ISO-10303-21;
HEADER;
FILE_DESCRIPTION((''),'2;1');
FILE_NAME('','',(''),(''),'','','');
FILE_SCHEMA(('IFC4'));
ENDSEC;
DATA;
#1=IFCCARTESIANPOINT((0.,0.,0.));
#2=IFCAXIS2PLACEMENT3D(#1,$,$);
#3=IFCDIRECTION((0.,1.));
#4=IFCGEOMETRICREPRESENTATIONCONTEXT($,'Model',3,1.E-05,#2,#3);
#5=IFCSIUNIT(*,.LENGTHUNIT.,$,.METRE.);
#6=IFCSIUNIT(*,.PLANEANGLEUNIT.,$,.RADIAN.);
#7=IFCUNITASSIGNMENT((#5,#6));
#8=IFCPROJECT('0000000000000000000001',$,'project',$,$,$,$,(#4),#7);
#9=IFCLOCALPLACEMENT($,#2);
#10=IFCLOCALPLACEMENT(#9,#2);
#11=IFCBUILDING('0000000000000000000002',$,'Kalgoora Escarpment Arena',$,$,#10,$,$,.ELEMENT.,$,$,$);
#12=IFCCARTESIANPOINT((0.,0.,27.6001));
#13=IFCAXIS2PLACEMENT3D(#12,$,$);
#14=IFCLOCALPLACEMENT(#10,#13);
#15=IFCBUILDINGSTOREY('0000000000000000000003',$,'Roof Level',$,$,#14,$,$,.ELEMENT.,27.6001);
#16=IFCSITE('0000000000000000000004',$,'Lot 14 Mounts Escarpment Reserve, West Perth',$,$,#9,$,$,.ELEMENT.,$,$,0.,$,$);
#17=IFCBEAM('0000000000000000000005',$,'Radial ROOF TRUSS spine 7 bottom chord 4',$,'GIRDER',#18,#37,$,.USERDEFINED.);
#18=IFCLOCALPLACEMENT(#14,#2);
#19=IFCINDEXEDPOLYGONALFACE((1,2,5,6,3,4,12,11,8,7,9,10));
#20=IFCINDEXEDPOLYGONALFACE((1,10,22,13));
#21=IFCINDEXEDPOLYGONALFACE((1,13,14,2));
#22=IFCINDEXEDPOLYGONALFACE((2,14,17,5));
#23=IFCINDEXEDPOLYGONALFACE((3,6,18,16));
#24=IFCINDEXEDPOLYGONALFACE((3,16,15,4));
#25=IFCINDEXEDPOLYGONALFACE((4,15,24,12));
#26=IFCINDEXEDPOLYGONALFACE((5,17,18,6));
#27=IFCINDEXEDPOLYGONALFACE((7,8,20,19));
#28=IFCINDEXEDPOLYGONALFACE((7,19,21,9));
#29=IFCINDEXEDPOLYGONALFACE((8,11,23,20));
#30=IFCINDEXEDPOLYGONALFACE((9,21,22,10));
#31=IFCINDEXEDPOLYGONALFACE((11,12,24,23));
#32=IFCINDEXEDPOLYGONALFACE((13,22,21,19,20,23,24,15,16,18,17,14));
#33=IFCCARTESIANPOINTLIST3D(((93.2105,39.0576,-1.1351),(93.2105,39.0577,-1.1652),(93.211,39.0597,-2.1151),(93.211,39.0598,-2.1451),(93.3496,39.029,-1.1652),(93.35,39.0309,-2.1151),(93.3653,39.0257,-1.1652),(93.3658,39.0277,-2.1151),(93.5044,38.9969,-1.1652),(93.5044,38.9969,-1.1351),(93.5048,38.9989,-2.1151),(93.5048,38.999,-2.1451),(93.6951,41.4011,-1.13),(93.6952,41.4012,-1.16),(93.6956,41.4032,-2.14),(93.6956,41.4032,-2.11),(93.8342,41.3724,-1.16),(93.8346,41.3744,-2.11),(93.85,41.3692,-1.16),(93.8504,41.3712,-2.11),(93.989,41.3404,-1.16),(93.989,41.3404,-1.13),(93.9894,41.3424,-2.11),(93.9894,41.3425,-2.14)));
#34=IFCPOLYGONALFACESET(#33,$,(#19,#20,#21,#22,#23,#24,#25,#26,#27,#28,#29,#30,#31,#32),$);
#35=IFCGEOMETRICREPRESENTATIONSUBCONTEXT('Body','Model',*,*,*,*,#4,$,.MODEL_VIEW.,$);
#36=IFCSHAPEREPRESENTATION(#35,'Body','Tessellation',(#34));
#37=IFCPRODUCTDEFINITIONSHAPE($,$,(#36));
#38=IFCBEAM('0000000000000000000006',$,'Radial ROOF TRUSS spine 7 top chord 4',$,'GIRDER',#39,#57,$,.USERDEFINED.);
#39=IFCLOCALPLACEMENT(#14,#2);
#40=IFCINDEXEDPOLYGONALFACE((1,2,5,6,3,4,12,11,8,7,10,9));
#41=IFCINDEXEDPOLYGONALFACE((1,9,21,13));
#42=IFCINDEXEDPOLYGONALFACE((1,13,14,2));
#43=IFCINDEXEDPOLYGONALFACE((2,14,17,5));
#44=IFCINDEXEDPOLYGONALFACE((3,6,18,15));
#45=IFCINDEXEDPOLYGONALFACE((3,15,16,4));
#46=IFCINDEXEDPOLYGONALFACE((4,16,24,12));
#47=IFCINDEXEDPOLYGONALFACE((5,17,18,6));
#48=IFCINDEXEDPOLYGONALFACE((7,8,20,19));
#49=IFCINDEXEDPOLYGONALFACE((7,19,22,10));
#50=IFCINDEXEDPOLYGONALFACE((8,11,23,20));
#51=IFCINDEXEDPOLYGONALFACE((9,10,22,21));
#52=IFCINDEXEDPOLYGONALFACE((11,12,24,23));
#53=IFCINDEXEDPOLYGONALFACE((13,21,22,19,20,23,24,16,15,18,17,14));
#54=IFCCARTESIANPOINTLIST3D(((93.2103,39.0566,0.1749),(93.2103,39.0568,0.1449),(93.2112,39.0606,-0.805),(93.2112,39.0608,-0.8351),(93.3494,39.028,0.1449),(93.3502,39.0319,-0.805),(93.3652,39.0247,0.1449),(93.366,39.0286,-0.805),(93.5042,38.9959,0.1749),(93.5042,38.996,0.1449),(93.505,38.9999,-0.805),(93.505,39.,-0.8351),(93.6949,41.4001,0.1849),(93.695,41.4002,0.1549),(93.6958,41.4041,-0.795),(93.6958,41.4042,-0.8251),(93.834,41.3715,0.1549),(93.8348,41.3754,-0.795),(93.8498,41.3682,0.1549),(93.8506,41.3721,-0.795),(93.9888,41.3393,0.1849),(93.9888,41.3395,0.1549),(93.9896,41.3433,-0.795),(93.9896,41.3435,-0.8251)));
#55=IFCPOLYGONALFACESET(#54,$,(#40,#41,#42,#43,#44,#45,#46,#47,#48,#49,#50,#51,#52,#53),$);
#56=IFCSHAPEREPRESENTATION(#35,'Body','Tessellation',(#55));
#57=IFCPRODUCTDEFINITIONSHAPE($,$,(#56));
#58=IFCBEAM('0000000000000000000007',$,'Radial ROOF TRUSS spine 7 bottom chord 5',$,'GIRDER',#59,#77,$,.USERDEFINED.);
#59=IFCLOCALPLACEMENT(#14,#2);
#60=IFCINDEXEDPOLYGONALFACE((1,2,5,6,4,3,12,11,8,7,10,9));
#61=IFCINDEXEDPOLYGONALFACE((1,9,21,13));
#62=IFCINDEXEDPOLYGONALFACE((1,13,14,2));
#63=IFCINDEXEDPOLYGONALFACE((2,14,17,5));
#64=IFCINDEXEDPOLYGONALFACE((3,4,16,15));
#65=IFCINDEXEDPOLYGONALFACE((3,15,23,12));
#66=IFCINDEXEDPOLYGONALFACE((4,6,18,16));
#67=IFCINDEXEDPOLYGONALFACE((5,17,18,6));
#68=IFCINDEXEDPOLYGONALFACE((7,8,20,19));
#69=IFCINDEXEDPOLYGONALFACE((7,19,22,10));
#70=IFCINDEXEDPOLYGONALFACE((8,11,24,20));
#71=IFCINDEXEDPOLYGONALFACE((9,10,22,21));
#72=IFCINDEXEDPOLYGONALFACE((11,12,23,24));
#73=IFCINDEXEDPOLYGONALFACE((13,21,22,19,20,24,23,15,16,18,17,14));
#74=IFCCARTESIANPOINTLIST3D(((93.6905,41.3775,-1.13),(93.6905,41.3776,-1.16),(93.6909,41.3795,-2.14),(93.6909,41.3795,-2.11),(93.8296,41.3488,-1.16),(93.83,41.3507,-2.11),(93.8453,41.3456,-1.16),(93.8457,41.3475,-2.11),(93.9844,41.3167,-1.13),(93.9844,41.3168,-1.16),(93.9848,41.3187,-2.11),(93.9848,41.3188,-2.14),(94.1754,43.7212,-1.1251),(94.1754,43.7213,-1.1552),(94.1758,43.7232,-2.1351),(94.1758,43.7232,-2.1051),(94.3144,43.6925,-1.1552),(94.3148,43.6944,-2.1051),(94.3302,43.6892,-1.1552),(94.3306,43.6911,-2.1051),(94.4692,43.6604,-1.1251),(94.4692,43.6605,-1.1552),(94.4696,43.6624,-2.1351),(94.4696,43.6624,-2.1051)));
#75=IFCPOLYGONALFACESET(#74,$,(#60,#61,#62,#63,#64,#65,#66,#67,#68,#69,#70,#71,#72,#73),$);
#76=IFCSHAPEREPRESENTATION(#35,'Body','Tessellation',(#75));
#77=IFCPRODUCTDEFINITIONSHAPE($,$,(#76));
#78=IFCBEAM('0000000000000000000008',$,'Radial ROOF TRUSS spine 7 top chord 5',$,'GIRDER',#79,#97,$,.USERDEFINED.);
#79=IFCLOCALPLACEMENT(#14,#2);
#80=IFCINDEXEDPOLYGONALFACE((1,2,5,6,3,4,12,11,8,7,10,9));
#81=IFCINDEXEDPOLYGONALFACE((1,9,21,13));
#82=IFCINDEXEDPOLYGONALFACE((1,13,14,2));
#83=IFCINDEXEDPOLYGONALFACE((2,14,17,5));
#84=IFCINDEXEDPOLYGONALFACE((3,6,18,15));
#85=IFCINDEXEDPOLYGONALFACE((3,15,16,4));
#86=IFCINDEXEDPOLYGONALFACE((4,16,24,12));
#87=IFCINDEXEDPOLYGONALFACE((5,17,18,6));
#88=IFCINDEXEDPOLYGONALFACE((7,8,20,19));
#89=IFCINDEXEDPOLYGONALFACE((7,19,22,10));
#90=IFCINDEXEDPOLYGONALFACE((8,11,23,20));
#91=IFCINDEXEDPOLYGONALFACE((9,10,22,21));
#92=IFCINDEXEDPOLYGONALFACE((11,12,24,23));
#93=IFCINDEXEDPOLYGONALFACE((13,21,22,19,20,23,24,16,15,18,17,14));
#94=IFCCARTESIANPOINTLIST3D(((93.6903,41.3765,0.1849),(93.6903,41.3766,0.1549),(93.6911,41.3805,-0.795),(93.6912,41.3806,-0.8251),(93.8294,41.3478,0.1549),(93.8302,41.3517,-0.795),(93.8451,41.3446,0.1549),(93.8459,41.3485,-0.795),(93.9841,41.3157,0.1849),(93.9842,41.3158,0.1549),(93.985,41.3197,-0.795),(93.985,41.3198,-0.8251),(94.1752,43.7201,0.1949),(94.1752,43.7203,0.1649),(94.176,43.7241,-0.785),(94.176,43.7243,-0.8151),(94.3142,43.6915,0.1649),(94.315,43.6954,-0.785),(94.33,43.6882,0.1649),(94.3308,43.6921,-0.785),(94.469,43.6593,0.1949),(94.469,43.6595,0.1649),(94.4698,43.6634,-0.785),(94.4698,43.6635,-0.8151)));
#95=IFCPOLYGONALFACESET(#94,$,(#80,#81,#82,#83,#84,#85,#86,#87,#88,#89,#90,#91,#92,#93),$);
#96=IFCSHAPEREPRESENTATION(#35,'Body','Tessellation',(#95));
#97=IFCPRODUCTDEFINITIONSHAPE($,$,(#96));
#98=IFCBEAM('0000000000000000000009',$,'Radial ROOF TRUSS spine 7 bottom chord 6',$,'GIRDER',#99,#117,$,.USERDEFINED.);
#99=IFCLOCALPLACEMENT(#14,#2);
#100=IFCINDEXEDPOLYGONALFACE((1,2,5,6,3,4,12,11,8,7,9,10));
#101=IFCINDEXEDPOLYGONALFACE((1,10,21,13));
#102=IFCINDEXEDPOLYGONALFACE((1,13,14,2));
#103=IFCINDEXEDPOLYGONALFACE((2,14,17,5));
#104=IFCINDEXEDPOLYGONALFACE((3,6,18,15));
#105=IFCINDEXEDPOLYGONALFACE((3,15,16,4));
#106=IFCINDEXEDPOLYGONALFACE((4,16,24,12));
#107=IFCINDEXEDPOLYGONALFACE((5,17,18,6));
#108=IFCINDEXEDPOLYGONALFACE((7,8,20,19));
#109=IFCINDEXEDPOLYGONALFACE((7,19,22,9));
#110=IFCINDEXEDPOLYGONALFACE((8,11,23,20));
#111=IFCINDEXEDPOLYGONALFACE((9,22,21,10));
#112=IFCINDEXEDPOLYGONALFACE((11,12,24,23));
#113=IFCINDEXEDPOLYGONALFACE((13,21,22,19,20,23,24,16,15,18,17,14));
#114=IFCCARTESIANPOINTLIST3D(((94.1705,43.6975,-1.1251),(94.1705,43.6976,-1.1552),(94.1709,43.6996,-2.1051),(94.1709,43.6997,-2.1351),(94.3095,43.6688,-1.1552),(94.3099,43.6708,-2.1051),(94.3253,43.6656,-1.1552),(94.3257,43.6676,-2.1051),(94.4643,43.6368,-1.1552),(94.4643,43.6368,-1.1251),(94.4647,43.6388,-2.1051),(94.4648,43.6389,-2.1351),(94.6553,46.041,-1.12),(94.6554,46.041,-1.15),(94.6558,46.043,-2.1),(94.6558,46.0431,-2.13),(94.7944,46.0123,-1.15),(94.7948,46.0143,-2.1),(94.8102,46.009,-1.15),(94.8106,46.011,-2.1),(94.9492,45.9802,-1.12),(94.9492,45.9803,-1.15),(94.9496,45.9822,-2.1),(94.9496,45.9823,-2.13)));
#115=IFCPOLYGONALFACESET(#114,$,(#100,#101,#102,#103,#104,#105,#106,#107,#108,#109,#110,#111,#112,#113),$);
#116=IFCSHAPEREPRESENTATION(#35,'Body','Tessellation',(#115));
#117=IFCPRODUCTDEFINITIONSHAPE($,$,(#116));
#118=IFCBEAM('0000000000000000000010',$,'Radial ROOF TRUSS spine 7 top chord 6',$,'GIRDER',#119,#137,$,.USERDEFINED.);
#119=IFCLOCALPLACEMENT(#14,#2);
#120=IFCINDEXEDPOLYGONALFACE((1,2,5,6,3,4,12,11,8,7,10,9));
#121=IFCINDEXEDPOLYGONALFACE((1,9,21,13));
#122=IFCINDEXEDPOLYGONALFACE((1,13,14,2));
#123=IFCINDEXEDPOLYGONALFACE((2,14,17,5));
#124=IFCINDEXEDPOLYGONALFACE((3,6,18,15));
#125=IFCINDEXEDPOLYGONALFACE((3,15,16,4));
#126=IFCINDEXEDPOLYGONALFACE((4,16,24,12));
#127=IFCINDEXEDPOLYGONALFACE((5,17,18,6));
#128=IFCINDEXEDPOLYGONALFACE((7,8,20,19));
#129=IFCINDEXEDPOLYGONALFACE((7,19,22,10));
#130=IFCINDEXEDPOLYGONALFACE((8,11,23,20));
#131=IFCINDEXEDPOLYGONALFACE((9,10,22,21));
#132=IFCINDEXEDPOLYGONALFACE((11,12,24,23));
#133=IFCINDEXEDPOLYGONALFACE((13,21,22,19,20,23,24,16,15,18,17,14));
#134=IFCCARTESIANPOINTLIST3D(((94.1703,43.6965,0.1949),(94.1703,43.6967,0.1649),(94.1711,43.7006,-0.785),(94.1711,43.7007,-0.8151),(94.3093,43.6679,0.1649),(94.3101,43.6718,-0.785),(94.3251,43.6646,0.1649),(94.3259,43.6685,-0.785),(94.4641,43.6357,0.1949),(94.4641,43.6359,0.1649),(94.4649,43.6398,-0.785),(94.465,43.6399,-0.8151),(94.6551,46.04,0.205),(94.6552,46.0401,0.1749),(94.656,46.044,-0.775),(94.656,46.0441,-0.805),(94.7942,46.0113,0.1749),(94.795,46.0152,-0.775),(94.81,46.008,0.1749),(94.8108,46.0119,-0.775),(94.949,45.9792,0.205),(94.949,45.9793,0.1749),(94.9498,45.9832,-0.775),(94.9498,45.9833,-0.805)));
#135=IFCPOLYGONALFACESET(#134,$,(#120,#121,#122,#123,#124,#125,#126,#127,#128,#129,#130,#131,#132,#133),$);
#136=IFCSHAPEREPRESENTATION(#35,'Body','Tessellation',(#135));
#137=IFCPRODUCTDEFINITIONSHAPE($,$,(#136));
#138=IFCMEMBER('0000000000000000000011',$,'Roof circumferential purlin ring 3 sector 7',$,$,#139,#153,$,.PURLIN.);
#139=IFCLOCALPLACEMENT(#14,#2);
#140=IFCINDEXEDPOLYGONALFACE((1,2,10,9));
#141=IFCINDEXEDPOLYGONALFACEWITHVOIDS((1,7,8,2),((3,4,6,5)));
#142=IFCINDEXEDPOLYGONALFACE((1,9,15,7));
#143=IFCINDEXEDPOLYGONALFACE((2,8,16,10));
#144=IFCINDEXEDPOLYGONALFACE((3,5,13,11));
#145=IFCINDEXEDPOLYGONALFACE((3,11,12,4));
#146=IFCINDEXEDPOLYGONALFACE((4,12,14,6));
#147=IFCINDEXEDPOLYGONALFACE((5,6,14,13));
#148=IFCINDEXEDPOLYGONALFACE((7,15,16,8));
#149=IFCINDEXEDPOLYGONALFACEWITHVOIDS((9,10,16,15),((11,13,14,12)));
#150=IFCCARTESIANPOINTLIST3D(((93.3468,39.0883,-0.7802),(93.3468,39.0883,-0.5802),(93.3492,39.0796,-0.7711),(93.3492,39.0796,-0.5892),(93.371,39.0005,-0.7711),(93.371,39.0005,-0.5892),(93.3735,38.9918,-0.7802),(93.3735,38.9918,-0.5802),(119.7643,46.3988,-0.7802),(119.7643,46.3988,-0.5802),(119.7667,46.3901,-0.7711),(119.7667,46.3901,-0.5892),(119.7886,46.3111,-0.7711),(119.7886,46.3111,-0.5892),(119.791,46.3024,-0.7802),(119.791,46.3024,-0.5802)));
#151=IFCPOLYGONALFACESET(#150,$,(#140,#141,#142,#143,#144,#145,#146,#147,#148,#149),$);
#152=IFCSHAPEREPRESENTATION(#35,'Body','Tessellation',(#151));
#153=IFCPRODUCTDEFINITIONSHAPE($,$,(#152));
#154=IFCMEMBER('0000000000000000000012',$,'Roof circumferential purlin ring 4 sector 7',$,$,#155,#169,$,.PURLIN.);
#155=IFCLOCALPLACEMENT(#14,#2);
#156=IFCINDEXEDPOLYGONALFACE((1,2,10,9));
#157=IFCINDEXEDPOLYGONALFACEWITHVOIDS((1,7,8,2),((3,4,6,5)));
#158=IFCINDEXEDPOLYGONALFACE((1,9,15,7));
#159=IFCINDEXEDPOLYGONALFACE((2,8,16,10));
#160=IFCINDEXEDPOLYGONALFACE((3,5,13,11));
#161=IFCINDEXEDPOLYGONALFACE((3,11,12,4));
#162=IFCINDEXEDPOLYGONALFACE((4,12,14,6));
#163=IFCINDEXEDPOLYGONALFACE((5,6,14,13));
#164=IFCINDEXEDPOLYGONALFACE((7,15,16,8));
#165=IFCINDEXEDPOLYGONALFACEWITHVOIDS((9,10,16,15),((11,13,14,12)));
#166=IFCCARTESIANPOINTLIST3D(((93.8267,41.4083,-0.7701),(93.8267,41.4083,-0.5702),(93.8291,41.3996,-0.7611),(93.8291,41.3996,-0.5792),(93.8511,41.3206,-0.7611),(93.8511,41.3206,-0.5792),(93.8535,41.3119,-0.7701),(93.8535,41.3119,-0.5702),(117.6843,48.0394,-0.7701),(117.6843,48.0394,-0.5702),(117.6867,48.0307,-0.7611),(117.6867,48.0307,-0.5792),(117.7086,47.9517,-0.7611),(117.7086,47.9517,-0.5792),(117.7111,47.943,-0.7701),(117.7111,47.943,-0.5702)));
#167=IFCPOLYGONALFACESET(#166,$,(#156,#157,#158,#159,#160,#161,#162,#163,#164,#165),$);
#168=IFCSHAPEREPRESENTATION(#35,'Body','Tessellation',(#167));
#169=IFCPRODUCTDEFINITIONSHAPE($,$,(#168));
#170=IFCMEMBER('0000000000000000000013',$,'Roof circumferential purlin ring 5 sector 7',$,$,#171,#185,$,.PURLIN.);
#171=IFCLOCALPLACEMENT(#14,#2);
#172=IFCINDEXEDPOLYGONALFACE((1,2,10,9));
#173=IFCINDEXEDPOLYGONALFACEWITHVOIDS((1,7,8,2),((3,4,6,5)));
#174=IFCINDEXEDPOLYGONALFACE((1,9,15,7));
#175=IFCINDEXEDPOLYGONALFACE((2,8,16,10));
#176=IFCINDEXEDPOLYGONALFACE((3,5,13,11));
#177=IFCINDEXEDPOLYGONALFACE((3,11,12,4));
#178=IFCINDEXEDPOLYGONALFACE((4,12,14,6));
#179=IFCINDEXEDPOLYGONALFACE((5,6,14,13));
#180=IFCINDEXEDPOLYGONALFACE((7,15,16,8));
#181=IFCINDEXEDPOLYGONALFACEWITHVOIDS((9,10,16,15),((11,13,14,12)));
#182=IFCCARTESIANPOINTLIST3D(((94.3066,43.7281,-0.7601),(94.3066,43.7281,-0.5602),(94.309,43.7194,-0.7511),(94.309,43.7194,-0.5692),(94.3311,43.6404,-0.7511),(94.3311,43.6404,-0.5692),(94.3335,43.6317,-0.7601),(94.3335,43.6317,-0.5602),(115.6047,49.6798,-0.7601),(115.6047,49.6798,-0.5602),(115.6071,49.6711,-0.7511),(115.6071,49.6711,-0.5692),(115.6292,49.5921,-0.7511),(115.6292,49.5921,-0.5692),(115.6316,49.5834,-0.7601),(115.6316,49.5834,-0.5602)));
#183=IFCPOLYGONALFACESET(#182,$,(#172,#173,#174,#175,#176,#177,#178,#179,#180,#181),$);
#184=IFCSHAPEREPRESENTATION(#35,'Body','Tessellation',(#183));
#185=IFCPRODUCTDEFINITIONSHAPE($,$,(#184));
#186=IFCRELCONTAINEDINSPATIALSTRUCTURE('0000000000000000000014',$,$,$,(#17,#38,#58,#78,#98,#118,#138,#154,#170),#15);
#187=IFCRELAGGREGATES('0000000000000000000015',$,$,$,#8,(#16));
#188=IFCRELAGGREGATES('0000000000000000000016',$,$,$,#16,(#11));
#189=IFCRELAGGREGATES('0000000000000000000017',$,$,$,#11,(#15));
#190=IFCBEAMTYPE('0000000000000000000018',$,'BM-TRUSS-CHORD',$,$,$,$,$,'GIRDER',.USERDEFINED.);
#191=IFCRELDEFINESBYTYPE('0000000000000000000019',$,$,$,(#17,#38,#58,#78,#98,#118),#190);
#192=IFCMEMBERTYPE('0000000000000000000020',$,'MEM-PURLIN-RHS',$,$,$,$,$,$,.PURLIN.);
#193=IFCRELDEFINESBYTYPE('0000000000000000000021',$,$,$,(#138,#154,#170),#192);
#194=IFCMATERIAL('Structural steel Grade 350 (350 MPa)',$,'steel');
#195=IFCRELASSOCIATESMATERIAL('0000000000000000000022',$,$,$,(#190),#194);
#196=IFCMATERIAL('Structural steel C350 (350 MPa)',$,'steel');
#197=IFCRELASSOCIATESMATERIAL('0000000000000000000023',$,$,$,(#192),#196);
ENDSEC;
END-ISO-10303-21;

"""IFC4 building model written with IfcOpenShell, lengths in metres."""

from ifc_helpers import new_model, si_unit, direction, frame, origin, origin_2d, place, context, subcontext, project, spatial, hollow_rectangle, i_section, extrude, material, material_profile, profile_set, type_object, element, save


model = new_model("IFC4")

# Units and contexts
model_context = context("Model", 3, precision=1e-05, world=origin(), true_north=direction((0.0, 1.0)))
body_context = subcontext(model_context, "Body", "Model", "MODEL_VIEW")
ifc_project = project(units=[si_unit("LENGTHUNIT", "METRE"), si_unit("PLANEANGLEUNIT", "RADIAN")], contexts=[model_context])

# Site, building, storey
site_placement = place(None, origin())
site = spatial("IfcSite", under=ifc_project, at=site_placement, Name="Lot 14 Mounts Escarpment Reserve, West Perth", CompositionType="ELEMENT", RefElevation=0.0)
building_placement = place(site_placement, origin())
building = spatial("IfcBuilding", under=site, at=building_placement, Name="Kalgoora Escarpment Arena", CompositionType="ELEMENT")
storey_placement = place(building_placement, frame((0.0, 0.0, 27.6001)))
storey = spatial("IfcBuildingStorey", under=building, at=storey_placement, Name="Roof Level", CompositionType="ELEMENT", Elevation=27.6001)

# Beams
ifc_material_1 = material(Name="Structural steel Grade 350 (350 MPa)", Category="steel")
ifc_material_profile_1 = material_profile(ifc_material_1, i_section(OverallWidth=0.3, OverallDepth=1.01, WebThickness=0.0161, FlangeThickness=0.03, at=origin_2d()))
ifc_profile_set_1 = profile_set([ifc_material_profile_1], Name="Structural steel Grade 350 (350 MPa)")
beam_type = type_object("IfcBeamType", Name="BM-TRUSS-CHORD", ElementType="GIRDER", PredefinedType="USERDEFINED", material=ifc_profile_set_1)
for number, where, z_axis, x_axis, name in (
    (1, (93.3577, 39.0283, -1.6401), (0.202507, 0.979278, 0.002142), (-0.979281, 0.202508, 0.0), "Radial ROOF TRUSS spine 7 bottom chord 4"),
    (2, (93.3577, 39.0283, -0.3301), (0.202506, 0.979272, 0.004183), (-0.979281, 0.202508, 0.0), "Radial ROOF TRUSS spine 7 top chord 4"),
):
    element("IfcBeam", number, at=place(storey_placement, frame(where, z_axis=z_axis, x_axis=x_axis)), inside=storey, type_object=beam_type, Name=name, ObjectType="GIRDER", PredefinedType="USERDEFINED", context=body_context, shape_type="SweptSolid", body=[
        extrude(i_section(OverallWidth=0.3, OverallDepth=1.01, WebThickness=0.0161, FlangeThickness=0.03, at=origin_2d()), origin(), (0.0, 0.0, 1.0), 2.3931),
    ])
for number, where, z_axis, x_axis, name in (
    (3, (93.8376, 41.3481, -1.635), (0.202585, 0.979263, 0.00204), (-0.979265, 0.202585, 0.0), "Radial ROOF TRUSS spine 7 bottom chord 5"),
    (4, (93.8376, 41.3481, -0.3201), (0.202584, 0.979256, 0.004182), (-0.979265, 0.202585, 0.0), "Radial ROOF TRUSS spine 7 top chord 5"),
):
    element("IfcBeam", number, at=place(storey_placement, frame(where, z_axis=z_axis, x_axis=x_axis)), inside=storey, type_object=beam_type, Name=name, ObjectType="GIRDER", PredefinedType="USERDEFINED", context=body_context, shape_type="SweptSolid", body=[
        extrude(i_section(OverallWidth=0.3, OverallDepth=1.01, WebThickness=0.0161, FlangeThickness=0.03, at=origin_2d()), origin(), (0.0, 0.0, 1.0), 2.3933),
    ])
for number, where, z_axis, x_axis, name in (
    (5, (94.3176, 43.6682, -1.6301), (0.202605, 0.979258, 0.002142), (-0.97926, 0.202606, 0.0), "Radial ROOF TRUSS spine 7 bottom chord 6"),
    (6, (94.3176, 43.6682, -0.3101), (0.202604, 0.979252, 0.004183), (-0.97926, 0.202606, 0.0), "Radial ROOF TRUSS spine 7 top chord 6"),
):
    element("IfcBeam", number, at=place(storey_placement, frame(where, z_axis=z_axis, x_axis=x_axis)), inside=storey, type_object=beam_type, Name=name, ObjectType="GIRDER", PredefinedType="USERDEFINED", context=body_context, shape_type="SweptSolid", body=[
        extrude(i_section(OverallWidth=0.3, OverallDepth=1.01, WebThickness=0.0161, FlangeThickness=0.03, at=origin_2d()), origin(), (0.0, 0.0, 1.0), 2.3931),
    ])

# Members
ifc_material_2 = material(Name="Structural steel C350 (350 MPa)", Category="steel")
ifc_material_profile_2 = material_profile(ifc_material_2, hollow_rectangle(XDim=0.1001, YDim=0.2, WallThickness=0.009, at=origin_2d()))
ifc_profile_set_2 = profile_set([ifc_material_profile_2], Name="Structural steel C350 (350 MPa)")
member_type_1 = type_object("IfcMemberType", Name="MEM-PURLIN-RHS", PredefinedType="PURLIN", material=ifc_profile_set_2)
member_1_placement = place(storey_placement, frame((93.3601, 39.04, -0.6802), z_axis=(0.963778, 0.266708, 0.0), x_axis=(-0.266708, 0.963778, 0.0)))
element("IfcMember", 7, at=member_1_placement, inside=storey, type_object=member_type_1, Name="Roof circumferential purlin ring 3 sector 7", PredefinedType="PURLIN", context=body_context, shape_type="SweptSolid", body=[
    extrude(hollow_rectangle(XDim=0.1001, YDim=0.2, WallThickness=0.009, at=origin_2d()), origin(), (0.0, 0.0, 1.0), 27.4104),
])
member_2_placement = place(storey_placement, frame((93.8401, 41.3601, -0.6702), z_axis=(0.963477, 0.267793, 0.0), x_axis=(-0.267793, 0.963477, 0.0)))
element("IfcMember", 8, at=member_2_placement, inside=storey, type_object=member_type_1, Name="Roof circumferential purlin ring 4 sector 7", PredefinedType="PURLIN", context=body_context, shape_type="SweptSolid", body=[
    extrude(hollow_rectangle(XDim=0.1001, YDim=0.2, WallThickness=0.009, at=origin_2d()), origin(), (0.0, 0.0, 1.0), 24.762),
])
member_3_placement = place(storey_placement, frame((94.3201, 43.6799, -0.6602), z_axis=(0.963103, 0.269135, 0.0), x_axis=(-0.269135, 0.963103, 0.0)))
element("IfcMember", 9, at=member_3_placement, inside=storey, type_object=member_type_1, Name="Roof circumferential purlin ring 5 sector 7", PredefinedType="PURLIN", context=body_context, shape_type="SweptSolid", body=[
    extrude(hollow_rectangle(XDim=0.1001, YDim=0.2, WallThickness=0.009, at=origin_2d()), origin(), (0.0, 0.0, 1.0), 22.114),
])

save(model, "model.ifc")
